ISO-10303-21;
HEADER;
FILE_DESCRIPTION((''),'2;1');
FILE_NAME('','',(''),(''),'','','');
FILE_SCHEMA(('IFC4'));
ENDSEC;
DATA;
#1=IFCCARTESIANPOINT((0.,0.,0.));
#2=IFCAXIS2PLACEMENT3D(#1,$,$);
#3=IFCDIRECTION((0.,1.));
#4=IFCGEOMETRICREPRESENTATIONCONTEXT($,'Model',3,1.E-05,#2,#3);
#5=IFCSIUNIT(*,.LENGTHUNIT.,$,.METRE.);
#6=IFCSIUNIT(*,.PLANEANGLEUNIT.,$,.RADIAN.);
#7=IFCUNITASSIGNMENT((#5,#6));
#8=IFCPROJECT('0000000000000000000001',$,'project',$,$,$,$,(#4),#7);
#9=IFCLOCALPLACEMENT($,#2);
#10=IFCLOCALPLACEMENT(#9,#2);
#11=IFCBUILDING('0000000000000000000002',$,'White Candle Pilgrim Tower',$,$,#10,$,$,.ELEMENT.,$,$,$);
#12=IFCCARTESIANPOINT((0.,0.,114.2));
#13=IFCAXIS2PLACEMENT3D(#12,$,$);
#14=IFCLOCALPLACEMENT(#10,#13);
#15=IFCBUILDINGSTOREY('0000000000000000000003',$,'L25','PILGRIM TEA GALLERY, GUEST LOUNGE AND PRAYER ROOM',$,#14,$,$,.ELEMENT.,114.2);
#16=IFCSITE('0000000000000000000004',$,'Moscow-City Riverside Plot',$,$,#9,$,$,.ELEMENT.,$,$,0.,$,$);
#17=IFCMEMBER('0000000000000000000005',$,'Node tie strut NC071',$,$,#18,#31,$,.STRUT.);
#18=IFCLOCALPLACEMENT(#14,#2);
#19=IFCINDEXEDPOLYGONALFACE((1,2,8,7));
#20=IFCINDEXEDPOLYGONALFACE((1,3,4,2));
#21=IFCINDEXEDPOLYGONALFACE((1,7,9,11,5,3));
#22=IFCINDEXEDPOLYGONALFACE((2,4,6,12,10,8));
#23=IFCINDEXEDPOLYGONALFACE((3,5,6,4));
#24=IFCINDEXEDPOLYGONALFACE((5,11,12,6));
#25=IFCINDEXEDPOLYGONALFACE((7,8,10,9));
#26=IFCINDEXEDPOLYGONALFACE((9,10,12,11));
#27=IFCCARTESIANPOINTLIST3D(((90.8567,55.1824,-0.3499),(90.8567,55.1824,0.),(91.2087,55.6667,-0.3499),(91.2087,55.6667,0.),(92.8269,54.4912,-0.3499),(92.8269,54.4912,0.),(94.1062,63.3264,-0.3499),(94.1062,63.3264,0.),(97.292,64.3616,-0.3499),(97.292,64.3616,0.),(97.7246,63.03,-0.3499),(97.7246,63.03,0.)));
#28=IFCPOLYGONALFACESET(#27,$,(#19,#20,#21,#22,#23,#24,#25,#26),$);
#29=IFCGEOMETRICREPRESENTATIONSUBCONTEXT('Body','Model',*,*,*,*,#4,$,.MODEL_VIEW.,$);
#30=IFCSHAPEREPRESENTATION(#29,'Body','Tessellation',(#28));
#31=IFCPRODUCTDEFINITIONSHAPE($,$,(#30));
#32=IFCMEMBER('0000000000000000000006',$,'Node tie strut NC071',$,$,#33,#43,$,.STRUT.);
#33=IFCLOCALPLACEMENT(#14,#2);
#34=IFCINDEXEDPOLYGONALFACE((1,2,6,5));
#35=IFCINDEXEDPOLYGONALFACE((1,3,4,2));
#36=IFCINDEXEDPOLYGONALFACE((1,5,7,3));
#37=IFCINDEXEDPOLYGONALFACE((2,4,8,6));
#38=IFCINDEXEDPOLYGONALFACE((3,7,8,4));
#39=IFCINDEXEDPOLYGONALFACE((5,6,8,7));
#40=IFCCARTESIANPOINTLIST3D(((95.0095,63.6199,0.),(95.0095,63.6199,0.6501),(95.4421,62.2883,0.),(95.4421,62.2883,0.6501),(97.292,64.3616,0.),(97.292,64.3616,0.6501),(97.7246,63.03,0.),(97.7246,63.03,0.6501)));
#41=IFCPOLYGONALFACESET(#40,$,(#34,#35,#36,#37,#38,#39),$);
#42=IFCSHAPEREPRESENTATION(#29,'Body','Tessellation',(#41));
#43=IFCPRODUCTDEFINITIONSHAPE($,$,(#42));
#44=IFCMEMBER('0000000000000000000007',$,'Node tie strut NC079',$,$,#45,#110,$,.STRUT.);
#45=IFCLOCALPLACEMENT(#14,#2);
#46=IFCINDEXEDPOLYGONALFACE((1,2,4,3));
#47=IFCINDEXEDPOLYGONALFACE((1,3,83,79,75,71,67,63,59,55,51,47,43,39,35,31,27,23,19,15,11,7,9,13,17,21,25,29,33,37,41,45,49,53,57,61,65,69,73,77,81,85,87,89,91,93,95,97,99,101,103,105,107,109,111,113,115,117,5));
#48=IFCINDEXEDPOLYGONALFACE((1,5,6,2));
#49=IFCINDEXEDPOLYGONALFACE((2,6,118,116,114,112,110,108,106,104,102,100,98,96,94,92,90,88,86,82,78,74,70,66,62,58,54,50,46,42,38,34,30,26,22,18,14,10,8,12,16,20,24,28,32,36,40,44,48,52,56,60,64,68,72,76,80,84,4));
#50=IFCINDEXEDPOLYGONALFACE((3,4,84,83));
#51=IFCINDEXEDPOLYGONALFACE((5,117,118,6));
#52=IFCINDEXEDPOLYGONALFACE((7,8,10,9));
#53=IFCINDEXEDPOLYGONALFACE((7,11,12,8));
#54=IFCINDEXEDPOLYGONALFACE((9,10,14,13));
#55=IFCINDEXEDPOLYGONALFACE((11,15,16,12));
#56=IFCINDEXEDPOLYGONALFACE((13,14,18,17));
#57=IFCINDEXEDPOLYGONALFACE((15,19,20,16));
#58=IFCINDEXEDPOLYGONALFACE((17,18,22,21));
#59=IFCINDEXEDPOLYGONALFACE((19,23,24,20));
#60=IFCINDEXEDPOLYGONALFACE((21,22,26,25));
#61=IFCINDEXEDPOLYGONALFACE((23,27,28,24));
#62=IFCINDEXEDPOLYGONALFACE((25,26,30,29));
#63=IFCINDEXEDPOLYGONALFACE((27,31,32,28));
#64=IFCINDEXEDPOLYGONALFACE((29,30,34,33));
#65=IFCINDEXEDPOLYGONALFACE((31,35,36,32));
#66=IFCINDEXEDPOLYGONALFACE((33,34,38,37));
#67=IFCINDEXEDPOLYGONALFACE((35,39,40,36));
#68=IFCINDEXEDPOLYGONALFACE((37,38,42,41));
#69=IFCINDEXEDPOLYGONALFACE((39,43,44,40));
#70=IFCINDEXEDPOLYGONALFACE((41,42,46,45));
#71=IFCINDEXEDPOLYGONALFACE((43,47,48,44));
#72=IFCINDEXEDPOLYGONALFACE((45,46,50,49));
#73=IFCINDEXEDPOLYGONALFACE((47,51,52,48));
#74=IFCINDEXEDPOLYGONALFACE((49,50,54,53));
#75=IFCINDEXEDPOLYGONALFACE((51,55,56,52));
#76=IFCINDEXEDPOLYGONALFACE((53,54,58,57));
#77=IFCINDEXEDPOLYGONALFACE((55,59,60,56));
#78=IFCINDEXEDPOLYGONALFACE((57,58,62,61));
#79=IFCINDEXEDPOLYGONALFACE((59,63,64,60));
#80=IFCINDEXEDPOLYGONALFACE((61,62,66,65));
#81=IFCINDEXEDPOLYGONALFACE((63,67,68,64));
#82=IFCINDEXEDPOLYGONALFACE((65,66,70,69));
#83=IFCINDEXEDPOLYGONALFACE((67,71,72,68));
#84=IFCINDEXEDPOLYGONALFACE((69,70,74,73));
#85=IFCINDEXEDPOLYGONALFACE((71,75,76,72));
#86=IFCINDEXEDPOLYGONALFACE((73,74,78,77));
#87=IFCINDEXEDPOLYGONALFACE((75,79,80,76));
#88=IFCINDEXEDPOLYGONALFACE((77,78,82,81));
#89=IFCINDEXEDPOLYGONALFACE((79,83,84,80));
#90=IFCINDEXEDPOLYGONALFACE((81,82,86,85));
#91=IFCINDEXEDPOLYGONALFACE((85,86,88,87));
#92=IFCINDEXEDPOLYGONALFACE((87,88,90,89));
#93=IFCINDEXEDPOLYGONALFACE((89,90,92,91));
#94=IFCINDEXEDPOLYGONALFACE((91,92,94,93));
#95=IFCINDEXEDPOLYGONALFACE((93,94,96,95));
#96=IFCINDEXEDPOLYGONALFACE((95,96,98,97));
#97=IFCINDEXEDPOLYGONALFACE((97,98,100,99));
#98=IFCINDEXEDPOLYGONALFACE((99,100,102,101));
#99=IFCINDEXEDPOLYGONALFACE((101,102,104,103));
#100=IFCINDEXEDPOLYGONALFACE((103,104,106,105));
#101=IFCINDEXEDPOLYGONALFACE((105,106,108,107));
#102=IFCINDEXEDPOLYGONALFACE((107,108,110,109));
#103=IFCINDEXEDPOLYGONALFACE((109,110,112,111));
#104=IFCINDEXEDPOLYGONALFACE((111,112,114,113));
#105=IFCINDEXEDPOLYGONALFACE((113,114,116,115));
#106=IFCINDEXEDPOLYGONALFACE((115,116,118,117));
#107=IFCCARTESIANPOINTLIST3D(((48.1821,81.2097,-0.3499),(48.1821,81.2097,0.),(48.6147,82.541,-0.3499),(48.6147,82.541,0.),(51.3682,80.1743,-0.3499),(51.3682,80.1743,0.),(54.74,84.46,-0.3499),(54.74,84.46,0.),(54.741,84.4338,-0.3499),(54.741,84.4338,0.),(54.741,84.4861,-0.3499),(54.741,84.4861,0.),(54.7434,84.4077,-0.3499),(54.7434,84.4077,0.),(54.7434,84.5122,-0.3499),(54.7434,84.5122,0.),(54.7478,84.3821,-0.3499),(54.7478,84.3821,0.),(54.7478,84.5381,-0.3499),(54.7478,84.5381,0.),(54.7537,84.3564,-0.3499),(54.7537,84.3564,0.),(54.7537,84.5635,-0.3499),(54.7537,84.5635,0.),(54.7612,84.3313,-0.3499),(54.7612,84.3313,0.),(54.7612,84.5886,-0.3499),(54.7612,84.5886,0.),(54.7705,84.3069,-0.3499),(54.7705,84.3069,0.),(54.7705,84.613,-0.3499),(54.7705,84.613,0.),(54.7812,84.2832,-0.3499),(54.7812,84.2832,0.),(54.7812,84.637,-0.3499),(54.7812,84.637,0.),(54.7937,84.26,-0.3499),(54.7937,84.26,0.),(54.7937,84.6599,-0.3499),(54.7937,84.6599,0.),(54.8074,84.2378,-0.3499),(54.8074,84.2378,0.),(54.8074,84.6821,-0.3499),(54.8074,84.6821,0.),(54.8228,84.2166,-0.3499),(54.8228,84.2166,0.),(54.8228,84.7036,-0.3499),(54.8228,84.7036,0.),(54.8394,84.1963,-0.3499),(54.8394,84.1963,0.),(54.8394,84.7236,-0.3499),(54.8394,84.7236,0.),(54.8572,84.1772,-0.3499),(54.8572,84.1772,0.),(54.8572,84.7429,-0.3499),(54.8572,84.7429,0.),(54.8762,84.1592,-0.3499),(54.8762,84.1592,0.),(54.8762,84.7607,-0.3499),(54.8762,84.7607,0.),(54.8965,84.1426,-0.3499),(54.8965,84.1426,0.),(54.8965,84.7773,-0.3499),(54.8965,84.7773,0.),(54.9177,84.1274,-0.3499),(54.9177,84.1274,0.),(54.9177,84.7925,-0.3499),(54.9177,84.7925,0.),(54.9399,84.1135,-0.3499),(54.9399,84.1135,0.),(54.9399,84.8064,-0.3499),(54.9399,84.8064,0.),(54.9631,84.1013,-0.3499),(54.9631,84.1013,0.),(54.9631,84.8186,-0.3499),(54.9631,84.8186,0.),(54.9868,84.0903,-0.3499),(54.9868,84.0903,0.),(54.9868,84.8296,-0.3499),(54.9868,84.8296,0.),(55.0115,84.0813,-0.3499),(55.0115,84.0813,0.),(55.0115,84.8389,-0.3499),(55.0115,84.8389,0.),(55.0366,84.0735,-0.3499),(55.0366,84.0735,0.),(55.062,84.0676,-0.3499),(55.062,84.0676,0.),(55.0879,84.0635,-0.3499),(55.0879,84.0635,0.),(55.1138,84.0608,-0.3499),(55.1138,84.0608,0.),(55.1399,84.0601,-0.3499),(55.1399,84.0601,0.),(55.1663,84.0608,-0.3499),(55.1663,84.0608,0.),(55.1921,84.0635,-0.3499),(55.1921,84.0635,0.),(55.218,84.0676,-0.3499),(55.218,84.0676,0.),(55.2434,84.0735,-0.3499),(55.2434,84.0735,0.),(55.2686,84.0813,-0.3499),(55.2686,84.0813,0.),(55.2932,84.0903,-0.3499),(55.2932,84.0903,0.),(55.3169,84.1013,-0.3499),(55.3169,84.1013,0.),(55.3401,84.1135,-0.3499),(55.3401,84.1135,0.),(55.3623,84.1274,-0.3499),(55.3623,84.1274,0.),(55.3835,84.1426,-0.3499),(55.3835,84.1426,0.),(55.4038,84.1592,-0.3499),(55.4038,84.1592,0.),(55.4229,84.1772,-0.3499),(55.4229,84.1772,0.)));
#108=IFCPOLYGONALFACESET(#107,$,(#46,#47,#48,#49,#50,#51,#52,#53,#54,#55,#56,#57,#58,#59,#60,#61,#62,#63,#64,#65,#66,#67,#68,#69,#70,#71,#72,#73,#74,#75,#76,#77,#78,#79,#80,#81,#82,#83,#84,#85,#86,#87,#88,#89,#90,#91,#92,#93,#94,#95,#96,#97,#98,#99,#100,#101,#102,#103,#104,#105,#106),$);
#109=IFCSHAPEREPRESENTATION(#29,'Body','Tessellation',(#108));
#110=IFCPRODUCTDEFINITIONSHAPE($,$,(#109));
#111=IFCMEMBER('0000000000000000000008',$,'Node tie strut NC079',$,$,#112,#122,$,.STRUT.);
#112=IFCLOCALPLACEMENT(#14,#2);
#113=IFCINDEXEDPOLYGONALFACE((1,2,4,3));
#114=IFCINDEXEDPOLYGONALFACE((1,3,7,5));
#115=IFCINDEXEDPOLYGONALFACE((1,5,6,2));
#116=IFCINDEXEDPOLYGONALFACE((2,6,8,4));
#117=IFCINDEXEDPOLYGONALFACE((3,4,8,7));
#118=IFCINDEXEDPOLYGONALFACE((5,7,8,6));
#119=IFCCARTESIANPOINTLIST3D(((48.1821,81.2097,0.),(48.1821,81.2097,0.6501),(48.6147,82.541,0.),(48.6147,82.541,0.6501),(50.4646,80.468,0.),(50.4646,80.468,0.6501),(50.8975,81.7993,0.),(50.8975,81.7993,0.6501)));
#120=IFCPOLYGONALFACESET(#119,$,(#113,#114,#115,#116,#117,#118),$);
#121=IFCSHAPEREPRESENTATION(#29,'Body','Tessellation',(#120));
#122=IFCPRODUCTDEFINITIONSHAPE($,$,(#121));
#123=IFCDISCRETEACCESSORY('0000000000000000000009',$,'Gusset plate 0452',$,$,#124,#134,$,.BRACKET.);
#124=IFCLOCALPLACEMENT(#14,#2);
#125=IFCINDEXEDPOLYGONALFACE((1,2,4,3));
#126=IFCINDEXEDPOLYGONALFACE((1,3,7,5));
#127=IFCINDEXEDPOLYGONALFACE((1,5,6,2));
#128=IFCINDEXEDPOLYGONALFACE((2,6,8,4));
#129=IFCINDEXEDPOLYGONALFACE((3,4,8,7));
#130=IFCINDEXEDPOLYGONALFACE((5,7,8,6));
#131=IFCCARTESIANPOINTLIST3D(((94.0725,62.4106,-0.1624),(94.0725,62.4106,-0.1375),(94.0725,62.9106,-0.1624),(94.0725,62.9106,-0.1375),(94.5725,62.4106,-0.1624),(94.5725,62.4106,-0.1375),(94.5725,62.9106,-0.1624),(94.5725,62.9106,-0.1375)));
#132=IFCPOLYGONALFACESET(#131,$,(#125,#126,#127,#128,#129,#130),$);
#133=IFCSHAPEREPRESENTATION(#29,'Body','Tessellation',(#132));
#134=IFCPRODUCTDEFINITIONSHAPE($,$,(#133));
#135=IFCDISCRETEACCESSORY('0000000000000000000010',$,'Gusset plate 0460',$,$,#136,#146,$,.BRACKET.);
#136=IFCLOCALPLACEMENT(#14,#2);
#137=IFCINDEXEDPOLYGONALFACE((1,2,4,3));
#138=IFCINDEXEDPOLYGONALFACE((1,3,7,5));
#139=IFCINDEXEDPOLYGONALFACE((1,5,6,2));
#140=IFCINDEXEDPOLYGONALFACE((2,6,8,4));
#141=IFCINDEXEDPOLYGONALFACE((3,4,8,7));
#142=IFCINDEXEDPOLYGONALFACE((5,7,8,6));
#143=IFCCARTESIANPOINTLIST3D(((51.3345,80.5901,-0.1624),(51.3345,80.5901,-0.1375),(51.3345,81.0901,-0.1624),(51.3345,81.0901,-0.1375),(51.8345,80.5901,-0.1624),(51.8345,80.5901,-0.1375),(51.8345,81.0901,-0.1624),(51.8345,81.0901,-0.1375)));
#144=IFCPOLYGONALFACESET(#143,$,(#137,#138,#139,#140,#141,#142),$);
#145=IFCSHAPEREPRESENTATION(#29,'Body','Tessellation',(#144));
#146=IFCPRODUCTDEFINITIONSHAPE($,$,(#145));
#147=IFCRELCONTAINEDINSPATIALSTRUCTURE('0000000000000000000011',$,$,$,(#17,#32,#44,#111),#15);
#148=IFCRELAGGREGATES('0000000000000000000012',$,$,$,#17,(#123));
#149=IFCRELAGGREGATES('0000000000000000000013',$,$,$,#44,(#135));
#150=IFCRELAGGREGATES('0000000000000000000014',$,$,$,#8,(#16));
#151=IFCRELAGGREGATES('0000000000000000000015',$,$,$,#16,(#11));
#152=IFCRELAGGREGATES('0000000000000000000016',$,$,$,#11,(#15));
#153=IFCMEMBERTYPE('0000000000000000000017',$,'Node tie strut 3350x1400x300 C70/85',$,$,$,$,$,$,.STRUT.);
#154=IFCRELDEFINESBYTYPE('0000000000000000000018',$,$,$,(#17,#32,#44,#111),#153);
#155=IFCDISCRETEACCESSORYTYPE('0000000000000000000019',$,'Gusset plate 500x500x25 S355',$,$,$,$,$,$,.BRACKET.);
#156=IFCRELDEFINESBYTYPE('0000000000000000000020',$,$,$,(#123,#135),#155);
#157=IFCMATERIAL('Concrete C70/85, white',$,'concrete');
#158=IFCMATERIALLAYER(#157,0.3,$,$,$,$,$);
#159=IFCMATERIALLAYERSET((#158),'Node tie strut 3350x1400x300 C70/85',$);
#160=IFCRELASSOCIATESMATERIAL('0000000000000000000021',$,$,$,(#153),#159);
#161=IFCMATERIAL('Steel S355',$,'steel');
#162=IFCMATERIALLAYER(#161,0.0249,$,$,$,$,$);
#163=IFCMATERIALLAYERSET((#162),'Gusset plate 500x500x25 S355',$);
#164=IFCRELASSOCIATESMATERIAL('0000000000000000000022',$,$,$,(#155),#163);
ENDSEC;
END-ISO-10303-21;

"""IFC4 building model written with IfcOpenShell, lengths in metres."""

from ifc_helpers import new_model, si_unit, direction, frame, origin, origin_2d, place, context, subcontext, project, spatial, polyline, rectangle, outline, extrude, material, layer, layer_set, type_object, element, aggregate, save


model = new_model("IFC4")

# Units and contexts
model_context = context("Model", 3, precision=1e-05, world=origin(), true_north=direction((0.0, 1.0)))
body_context = subcontext(model_context, "Body", "Model", "MODEL_VIEW")
ifc_project = project(units=[si_unit("LENGTHUNIT", "METRE"), si_unit("PLANEANGLEUNIT", "RADIAN")], contexts=[model_context])

# Site, building, storey
site_placement = place(None, origin())
site = spatial("IfcSite", under=ifc_project, at=site_placement, Name="Moscow-City Riverside Plot", CompositionType="ELEMENT", RefElevation=0.0)
building_placement = place(site_placement, origin())
building = spatial("IfcBuilding", under=site, at=building_placement, Name="White Candle Pilgrim Tower", CompositionType="ELEMENT")
storey_placement = place(building_placement, frame((0.0, 0.0, 114.2)))
storey = spatial("IfcBuildingStorey", under=building, at=storey_placement, Name="L25", Description="PILGRIM TEA GALLERY, GUEST LOUNGE AND PRAYER ROOM", CompositionType="ELEMENT", Elevation=114.2)

# Members
ifc_material_1 = material(Name="Concrete C70/85, white", Category="concrete")
ifc_layer_1 = layer(ifc_material_1, 0.3)
ifc_layer_set_1 = layer_set([ifc_layer_1], Name="Node tie strut 3350x1400x300 C70/85")
member_type_1 = type_object("IfcMemberType", Name="Node tie strut 3350x1400x300 C70/85", PredefinedType="STRUT", material=ifc_layer_set_1)
member_1_placement = place(storey_placement, frame((0.0, 0.0, -0.3499)))
member_1 = element("IfcMember", 1, at=member_1_placement, inside=storey, type_object=member_type_1, Name="Node tie strut NC071", PredefinedType="STRUT", context=body_context, shape_type="SweptSolid", body=[
    extrude(outline(polyline([(92.8269, 54.4912), (97.7246, 63.03), (97.292, 64.3616), (94.1062, 63.3264), (90.8567, 55.1824), (91.2087, 55.6667), (92.8269, 54.4912)])), origin(), (0.0, 0.0, 1.0), 0.3499),
])
member_2_placement = place(storey_placement, origin())
element("IfcMember", 2, at=member_2_placement, inside=storey, type_object=member_type_1, Name="Node tie strut NC071", PredefinedType="STRUT", context=body_context, shape_type="SweptSolid", body=[
    extrude(outline(polyline([(95.4421, 62.2883), (97.7246, 63.03), (97.292, 64.3616), (95.0095, 63.6199), (95.4421, 62.2883)])), origin(), (0.0, 0.0, 1.0), 0.6501),
])
member_3_placement = place(storey_placement, frame((0.0, 0.0, -0.3499)))
member_3 = element("IfcMember", 3, at=member_3_placement, inside=storey, type_object=member_type_1, Name="Node tie strut NC079", PredefinedType="STRUT", context=body_context, shape_type="SweptSolid", body=[
    extrude(outline(polyline([(51.3682, 80.1743), (55.4229, 84.1772), (55.4038, 84.1592), (55.3835, 84.1426), (55.3623, 84.1274), (55.3401, 84.1135), (55.3169, 84.1013), (55.2932, 84.0903), (55.2686, 84.0813), (55.2434, 84.0735), (55.218, 84.0676), (55.1921, 84.0635), (55.1663, 84.0608), (55.1399, 84.0601), (55.1138, 84.0608), (55.0879, 84.0635), (55.062, 84.0676), (55.0366, 84.0735), (55.0115, 84.0813), (54.9868, 84.0903), (54.9631, 84.1013), (54.9399, 84.1135), (54.9177, 84.1274), (54.8965, 84.1426), (54.8762, 84.1592), (54.8572, 84.1772), (54.8394, 84.1963), (54.8228, 84.2166), (54.8074, 84.2378), (54.7937, 84.26), (54.7812, 84.2832), (54.7705, 84.3069), (54.7612, 84.3313), (54.7537, 84.3564), (54.7478, 84.3821), (54.7434, 84.4077), (54.741, 84.4338), (54.74, 84.46), (54.741, 84.4861), (54.7434, 84.5122), (54.7478, 84.5381), (54.7537, 84.5635), (54.7612, 84.5886), (54.7705, 84.613), (54.7812, 84.637), (54.7937, 84.6599), (54.8074, 84.6821), (54.8228, 84.7036), (54.8394, 84.7236), (54.8572, 84.7429), (54.8762, 84.7607), (54.8965, 84.7773), (54.9177, 84.7925), (54.9399, 84.8064), (54.9631, 84.8186), (54.9868, 84.8296), (55.0115, 84.8389), (48.6147, 82.541), (48.1821, 81.2097), (51.3682, 80.1743)])), origin(), (0.0, 0.0, 1.0), 0.3499),
])
member_4_placement = place(storey_placement, origin())
element("IfcMember", 4, at=member_4_placement, inside=storey, type_object=member_type_1, Name="Node tie strut NC079", PredefinedType="STRUT", context=body_context, shape_type="SweptSolid", body=[
    extrude(outline(polyline([(50.4646, 80.468), (50.8975, 81.7993), (48.6147, 82.541), (48.1821, 81.2097), (50.4646, 80.468)])), origin(), (0.0, 0.0, 1.0), 0.6501),
])

# Discrete accessories
ifc_material_2 = material(Name="Steel S355", Category="steel")
ifc_layer_2 = layer(ifc_material_2, 0.0249)
ifc_layer_set_2 = layer_set([ifc_layer_2], Name="Gusset plate 500x500x25 S355")
discrete_accessory_type = type_object("IfcDiscreteAccessoryType", Name="Gusset plate 500x500x25 S355", PredefinedType="BRACKET", material=ifc_layer_set_2)
discrete_accessory_1_placement = place(storey_placement, frame((94.3225, 62.6606, -0.1624), z_axis=(0.0, 0.0, 1.0), x_axis=(1.0, 0.0, 0.0)))
discrete_accessory_1 = element("IfcDiscreteAccessory", 5, at=discrete_accessory_1_placement, type_object=discrete_accessory_type, Name="Gusset plate 0452", PredefinedType="BRACKET", context=body_context, shape_type="SweptSolid", body=[
    extrude(rectangle(XDim=0.5, YDim=0.5, at=origin_2d()), origin(), (0.0, 0.0, 1.0), 0.0249),
])
aggregate(member_1, [discrete_accessory_1])
discrete_accessory_2_placement = place(storey_placement, frame((51.5845, 80.8401, -0.1624), z_axis=(0.0, 0.0, 1.0), x_axis=(1.0, 0.0, 0.0)))
discrete_accessory_2 = element("IfcDiscreteAccessory", 6, at=discrete_accessory_2_placement, type_object=discrete_accessory_type, Name="Gusset plate 0460", PredefinedType="BRACKET", context=body_context, shape_type="SweptSolid", body=[
    extrude(rectangle(XDim=0.5, YDim=0.5, at=origin_2d()), origin(), (0.0, 0.0, 1.0), 0.0249),
])
aggregate(member_3, [discrete_accessory_2])

save(model, "model.ifc")
